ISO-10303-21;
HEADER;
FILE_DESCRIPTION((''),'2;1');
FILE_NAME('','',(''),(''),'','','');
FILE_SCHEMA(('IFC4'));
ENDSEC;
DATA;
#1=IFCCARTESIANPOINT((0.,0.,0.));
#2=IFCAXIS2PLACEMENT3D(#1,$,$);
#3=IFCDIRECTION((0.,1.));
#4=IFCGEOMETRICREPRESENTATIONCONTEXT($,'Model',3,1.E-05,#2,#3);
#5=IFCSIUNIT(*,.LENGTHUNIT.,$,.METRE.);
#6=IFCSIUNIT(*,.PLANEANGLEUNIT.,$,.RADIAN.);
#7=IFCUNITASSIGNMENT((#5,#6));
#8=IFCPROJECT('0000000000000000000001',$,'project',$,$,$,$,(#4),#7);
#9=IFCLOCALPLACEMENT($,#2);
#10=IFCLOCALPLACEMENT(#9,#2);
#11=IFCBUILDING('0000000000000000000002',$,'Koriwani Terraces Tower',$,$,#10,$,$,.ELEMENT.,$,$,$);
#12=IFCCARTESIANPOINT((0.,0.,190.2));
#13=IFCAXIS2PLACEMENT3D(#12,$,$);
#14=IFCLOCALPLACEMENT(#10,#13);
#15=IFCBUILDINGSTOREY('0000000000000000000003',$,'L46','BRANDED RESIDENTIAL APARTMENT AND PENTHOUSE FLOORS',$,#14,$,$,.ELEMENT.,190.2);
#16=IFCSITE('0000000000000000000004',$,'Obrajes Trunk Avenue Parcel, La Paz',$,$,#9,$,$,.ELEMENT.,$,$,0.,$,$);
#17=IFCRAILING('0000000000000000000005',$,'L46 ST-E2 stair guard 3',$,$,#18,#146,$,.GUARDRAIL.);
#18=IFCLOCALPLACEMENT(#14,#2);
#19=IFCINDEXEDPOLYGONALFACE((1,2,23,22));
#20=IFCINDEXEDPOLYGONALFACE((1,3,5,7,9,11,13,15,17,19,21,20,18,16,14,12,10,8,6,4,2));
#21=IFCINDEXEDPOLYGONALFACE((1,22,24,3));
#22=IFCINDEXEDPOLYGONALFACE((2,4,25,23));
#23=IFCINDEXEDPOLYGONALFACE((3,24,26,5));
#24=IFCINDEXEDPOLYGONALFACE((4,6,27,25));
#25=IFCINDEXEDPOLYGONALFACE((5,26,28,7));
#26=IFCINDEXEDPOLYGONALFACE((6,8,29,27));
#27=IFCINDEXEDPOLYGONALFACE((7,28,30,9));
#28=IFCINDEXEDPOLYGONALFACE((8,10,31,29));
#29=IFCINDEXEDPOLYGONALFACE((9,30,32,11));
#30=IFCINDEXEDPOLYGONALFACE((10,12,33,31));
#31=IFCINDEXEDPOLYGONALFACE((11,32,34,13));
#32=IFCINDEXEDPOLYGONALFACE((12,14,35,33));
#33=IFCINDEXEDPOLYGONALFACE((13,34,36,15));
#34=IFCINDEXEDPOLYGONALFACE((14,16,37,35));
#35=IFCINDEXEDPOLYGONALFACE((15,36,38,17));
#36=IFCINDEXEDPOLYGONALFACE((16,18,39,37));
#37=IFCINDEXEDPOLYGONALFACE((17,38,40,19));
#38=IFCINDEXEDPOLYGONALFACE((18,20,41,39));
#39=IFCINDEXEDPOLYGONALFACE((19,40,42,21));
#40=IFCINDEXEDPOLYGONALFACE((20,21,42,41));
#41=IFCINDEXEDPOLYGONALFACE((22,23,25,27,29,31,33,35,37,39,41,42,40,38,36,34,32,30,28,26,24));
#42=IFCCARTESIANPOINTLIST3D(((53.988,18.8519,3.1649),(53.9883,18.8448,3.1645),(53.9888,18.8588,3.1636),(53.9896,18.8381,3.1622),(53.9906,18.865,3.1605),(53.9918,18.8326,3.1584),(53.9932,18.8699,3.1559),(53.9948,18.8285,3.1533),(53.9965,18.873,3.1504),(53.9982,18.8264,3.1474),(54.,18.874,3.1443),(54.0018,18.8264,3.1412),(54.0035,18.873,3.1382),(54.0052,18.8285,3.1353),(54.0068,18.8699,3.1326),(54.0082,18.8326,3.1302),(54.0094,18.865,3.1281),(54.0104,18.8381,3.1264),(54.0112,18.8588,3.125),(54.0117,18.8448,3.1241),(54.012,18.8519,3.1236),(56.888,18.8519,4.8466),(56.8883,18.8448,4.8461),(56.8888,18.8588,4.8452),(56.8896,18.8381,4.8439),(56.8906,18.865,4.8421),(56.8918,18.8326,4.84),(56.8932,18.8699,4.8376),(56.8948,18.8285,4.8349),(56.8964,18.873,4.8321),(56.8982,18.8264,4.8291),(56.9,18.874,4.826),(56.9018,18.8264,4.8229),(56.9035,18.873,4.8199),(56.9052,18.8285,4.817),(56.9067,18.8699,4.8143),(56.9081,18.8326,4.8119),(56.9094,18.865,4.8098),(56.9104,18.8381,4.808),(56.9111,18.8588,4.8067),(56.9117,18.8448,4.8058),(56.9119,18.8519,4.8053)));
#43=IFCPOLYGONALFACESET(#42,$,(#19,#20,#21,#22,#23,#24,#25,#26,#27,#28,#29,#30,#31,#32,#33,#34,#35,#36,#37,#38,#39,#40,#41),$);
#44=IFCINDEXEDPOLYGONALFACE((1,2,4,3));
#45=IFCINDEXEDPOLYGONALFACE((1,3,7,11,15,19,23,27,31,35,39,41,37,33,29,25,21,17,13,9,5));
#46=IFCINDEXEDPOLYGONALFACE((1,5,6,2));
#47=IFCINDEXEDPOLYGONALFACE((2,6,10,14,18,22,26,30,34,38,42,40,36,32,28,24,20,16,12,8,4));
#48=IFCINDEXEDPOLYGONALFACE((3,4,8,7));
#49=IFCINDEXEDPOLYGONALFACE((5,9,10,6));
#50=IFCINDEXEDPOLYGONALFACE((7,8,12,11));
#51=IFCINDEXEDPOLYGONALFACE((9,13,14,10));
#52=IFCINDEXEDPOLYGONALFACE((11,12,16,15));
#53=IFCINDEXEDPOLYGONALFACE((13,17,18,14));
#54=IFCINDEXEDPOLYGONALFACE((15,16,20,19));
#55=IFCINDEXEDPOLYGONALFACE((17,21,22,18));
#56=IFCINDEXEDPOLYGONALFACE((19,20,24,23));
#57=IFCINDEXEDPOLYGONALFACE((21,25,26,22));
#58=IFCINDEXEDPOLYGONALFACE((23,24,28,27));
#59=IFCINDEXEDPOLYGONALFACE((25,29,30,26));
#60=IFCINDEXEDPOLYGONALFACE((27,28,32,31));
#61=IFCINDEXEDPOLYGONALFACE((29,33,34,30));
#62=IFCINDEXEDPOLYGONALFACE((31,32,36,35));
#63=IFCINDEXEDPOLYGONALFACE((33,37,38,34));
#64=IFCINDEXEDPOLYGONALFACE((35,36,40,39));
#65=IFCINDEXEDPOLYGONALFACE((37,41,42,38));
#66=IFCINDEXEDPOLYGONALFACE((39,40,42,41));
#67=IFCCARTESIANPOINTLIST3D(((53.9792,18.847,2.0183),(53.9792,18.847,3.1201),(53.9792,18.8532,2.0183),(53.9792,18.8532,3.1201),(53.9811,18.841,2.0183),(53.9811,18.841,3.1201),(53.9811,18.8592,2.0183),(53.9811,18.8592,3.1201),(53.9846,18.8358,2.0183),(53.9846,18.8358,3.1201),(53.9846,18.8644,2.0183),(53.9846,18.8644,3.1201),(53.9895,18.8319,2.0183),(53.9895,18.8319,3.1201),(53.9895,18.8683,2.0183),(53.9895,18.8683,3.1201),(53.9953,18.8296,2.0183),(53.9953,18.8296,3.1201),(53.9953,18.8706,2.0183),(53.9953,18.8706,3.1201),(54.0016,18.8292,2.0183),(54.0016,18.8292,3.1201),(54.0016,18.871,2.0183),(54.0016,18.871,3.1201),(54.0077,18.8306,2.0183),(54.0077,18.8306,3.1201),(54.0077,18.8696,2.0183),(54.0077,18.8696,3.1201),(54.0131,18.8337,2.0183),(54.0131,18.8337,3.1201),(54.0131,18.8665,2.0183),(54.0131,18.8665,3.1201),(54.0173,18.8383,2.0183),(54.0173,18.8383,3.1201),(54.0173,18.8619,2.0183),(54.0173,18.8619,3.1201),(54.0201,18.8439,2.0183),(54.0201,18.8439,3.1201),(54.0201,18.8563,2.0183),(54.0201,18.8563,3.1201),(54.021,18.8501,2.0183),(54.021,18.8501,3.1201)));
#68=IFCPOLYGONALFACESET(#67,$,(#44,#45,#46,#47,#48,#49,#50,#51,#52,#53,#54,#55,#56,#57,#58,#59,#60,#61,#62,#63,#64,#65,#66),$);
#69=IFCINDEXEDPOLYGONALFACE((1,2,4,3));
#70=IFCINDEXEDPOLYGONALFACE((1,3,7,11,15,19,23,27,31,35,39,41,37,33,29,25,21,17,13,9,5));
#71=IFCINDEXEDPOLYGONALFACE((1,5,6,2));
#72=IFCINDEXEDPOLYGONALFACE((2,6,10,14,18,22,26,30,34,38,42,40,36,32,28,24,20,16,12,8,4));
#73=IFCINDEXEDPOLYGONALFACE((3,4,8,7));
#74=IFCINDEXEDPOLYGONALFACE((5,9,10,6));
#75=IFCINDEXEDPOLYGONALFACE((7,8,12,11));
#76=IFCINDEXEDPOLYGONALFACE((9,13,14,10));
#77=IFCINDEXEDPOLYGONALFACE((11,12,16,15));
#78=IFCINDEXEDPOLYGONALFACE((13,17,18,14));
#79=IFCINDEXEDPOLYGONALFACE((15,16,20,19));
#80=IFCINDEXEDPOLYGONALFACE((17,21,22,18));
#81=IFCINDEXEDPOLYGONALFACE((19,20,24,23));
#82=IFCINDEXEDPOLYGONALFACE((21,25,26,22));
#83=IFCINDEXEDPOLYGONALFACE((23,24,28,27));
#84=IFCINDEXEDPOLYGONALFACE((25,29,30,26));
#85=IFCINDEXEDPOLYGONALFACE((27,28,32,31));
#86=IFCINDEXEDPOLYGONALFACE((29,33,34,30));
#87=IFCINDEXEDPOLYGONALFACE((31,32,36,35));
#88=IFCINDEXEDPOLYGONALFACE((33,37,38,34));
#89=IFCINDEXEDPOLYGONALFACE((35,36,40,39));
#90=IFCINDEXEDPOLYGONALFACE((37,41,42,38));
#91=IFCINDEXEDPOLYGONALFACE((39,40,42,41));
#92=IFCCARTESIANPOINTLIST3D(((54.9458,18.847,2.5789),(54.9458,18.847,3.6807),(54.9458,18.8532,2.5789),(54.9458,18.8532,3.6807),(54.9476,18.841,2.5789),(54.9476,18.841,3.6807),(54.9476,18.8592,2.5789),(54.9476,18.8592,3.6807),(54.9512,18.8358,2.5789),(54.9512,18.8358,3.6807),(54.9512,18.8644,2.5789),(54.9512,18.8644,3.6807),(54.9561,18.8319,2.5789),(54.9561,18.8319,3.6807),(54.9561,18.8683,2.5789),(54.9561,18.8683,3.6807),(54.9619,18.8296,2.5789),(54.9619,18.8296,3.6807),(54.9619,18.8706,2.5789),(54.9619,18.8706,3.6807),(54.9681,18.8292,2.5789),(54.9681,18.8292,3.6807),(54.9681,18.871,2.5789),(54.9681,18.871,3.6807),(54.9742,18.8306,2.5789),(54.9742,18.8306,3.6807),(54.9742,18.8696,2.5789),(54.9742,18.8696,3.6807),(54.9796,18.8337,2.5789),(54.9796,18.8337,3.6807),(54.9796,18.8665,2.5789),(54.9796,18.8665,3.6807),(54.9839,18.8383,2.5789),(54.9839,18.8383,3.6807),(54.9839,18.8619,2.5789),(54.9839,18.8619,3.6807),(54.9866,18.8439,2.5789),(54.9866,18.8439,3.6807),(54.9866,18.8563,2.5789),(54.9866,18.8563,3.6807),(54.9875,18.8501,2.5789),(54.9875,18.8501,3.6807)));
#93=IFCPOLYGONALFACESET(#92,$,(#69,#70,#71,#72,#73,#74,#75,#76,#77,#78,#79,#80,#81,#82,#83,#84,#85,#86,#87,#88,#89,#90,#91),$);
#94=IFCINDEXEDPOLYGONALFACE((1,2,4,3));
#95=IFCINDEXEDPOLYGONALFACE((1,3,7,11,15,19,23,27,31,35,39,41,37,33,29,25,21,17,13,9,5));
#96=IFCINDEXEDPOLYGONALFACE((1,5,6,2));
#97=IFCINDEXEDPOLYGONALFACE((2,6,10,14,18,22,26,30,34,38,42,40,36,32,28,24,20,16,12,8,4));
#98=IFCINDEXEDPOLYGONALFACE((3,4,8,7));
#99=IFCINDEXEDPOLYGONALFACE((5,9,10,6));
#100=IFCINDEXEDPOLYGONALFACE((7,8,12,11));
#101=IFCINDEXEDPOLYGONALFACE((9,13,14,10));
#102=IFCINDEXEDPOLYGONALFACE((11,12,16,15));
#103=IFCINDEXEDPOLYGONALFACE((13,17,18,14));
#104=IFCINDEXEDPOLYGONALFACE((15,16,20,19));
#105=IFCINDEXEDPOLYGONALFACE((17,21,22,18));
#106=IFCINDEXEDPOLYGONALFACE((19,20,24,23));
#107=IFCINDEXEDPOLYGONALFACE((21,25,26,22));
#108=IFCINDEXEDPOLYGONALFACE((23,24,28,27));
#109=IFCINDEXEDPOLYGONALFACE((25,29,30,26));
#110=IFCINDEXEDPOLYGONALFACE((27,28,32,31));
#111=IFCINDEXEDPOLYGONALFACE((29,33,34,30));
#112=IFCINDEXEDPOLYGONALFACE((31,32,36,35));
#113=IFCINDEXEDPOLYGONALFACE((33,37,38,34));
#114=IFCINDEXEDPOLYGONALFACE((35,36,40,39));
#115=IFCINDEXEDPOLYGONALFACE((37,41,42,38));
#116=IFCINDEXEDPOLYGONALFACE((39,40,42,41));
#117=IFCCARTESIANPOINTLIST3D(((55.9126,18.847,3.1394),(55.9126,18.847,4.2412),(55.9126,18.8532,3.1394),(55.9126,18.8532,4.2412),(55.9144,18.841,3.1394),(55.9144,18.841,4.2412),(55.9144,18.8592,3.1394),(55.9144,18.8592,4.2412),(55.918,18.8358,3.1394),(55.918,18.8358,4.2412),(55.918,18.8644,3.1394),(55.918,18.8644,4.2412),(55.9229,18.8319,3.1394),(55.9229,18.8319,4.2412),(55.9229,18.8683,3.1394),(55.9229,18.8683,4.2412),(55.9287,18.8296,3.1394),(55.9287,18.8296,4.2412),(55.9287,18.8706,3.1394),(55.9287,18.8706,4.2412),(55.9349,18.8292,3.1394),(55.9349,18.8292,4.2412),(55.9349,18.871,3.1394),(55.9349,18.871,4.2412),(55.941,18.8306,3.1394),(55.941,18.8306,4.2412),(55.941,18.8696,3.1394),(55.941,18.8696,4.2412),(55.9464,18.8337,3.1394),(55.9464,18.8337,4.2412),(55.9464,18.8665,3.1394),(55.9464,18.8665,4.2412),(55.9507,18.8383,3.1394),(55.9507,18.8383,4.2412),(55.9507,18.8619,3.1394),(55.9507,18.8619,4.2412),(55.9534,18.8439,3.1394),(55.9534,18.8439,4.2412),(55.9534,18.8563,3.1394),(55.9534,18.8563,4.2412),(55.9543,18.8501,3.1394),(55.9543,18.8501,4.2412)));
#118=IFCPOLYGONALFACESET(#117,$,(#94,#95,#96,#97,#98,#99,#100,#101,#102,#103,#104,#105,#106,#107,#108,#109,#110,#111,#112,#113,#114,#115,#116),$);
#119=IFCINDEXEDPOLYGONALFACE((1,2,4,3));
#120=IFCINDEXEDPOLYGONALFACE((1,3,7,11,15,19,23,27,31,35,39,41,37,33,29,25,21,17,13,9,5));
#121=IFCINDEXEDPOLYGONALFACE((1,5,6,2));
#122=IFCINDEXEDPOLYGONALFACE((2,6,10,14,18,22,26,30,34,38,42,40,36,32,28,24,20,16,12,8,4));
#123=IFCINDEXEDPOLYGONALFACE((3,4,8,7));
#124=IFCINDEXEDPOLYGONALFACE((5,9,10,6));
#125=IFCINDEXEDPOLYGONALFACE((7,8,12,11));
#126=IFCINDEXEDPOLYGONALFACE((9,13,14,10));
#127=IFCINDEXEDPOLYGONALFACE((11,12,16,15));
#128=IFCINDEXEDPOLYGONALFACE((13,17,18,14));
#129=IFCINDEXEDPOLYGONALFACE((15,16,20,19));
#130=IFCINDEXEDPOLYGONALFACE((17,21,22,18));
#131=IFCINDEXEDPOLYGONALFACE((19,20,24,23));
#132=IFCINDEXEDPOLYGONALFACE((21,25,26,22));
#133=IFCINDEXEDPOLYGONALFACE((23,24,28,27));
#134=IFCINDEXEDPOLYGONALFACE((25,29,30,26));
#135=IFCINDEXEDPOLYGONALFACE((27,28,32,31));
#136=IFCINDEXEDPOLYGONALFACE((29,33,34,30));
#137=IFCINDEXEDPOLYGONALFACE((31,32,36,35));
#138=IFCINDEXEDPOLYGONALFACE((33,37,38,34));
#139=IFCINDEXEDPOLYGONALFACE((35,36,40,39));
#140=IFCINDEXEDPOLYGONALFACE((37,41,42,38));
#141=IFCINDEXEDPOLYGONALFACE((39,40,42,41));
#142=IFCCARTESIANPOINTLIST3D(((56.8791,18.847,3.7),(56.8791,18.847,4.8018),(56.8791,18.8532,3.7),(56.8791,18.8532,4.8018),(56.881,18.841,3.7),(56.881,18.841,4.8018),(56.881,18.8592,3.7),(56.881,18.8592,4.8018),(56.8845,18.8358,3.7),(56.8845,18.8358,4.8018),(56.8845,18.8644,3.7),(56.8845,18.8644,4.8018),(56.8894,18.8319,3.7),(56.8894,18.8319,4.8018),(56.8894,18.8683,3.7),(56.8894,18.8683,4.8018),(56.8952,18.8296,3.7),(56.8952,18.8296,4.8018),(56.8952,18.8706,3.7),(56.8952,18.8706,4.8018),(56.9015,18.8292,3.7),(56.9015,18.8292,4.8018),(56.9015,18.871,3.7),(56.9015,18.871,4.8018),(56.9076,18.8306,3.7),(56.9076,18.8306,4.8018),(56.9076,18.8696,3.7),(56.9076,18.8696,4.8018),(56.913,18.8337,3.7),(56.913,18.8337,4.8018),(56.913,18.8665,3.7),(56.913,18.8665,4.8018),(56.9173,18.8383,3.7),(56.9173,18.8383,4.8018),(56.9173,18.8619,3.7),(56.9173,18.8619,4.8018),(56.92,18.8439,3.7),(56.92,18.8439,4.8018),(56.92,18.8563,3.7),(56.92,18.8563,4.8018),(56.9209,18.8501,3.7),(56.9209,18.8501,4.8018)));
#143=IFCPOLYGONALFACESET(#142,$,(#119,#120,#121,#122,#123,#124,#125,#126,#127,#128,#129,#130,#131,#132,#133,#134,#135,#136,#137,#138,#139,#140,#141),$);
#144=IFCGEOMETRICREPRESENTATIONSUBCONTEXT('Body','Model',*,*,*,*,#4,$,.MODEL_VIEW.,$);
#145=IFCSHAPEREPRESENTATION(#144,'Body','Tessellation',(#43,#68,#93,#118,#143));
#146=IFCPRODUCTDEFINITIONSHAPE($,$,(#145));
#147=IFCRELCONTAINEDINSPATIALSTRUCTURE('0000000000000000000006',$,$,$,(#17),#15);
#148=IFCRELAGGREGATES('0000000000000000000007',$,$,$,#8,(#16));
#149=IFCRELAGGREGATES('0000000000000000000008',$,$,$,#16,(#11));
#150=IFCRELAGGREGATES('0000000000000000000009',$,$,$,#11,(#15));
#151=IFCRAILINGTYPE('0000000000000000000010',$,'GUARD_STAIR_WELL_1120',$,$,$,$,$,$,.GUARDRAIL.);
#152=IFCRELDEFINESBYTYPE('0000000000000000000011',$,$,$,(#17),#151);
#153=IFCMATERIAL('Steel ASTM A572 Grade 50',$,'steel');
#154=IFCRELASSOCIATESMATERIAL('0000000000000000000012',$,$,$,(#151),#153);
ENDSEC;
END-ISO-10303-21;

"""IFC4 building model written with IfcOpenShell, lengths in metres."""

from ifc_helpers import new_model, si_unit, direction, frame, origin, origin_2d, place, context, subcontext, project, spatial, circle, extrude, material, type_object, element, save


model = new_model("IFC4")

# Units and contexts
model_context = context("Model", 3, precision=1e-05, world=origin(), true_north=direction((0.0, 1.0)))
body_context = subcontext(model_context, "Body", "Model", "MODEL_VIEW")
ifc_project = project(units=[si_unit("LENGTHUNIT", "METRE"), si_unit("PLANEANGLEUNIT", "RADIAN")], contexts=[model_context])

# Site, building, storey
site_placement = place(None, origin())
site = spatial("IfcSite", under=ifc_project, at=site_placement, Name="Obrajes Trunk Avenue Parcel, La Paz", CompositionType="ELEMENT", RefElevation=0.0)
building_placement = place(site_placement, origin())
building = spatial("IfcBuilding", under=site, at=building_placement, Name="Koriwani Terraces Tower", CompositionType="ELEMENT")
storey_placement = place(building_placement, frame((0.0, 0.0, 190.2)))
storey = spatial("IfcBuildingStorey", under=building, at=storey_placement, Name="L46", Description="BRANDED RESIDENTIAL APARTMENT AND PENTHOUSE FLOORS", CompositionType="ELEMENT", Elevation=190.2)

# Shared definitions
ifc_material_1 = material(Name="Steel ASTM A572 Grade 50", Category="steel")

# Railing
railing_type_1 = type_object("IfcRailingType", Name="GUARD_STAIR_WELL_1120", PredefinedType="GUARDRAIL", material=ifc_material_1)
railing_1_placement = place(storey_placement, frame((54.0, 18.8501, 2.0183)))
element("IfcRailing", 1, at=railing_1_placement, inside=storey, type_object=railing_type_1, Name="L46 ST-E2 stair guard 3", PredefinedType="GUARDRAIL", context=body_context, shape_type="SweptSolid", body=[
    extrude(circle(Radius=0.0239, at=origin_2d()), frame((0.0, 0.0, 1.126), z_axis=(0.86507, 0.0, 0.501651), x_axis=(0.0, 1.0, 0.0)), (0.0, 0.0, 1.0), 3.3523),
    extrude(circle(Radius=0.021, at=origin_2d()), origin(), (0.0, 0.0, 1.0), 1.1018),
    extrude(circle(Radius=0.021, at=origin_2d()), frame((0.9666, 0.0, 0.5605)), (0.0, 0.0, 1.0), 1.1018),
    extrude(circle(Radius=0.021, at=origin_2d()), frame((1.9333, 0.0, 1.1211)), (0.0, 0.0, 1.0), 1.1018),
    extrude(circle(Radius=0.021, at=origin_2d()), frame((2.8999, 0.0, 1.6816)), (0.0, 0.0, 1.0), 1.1018),
])

save(model, "model.ifc")
